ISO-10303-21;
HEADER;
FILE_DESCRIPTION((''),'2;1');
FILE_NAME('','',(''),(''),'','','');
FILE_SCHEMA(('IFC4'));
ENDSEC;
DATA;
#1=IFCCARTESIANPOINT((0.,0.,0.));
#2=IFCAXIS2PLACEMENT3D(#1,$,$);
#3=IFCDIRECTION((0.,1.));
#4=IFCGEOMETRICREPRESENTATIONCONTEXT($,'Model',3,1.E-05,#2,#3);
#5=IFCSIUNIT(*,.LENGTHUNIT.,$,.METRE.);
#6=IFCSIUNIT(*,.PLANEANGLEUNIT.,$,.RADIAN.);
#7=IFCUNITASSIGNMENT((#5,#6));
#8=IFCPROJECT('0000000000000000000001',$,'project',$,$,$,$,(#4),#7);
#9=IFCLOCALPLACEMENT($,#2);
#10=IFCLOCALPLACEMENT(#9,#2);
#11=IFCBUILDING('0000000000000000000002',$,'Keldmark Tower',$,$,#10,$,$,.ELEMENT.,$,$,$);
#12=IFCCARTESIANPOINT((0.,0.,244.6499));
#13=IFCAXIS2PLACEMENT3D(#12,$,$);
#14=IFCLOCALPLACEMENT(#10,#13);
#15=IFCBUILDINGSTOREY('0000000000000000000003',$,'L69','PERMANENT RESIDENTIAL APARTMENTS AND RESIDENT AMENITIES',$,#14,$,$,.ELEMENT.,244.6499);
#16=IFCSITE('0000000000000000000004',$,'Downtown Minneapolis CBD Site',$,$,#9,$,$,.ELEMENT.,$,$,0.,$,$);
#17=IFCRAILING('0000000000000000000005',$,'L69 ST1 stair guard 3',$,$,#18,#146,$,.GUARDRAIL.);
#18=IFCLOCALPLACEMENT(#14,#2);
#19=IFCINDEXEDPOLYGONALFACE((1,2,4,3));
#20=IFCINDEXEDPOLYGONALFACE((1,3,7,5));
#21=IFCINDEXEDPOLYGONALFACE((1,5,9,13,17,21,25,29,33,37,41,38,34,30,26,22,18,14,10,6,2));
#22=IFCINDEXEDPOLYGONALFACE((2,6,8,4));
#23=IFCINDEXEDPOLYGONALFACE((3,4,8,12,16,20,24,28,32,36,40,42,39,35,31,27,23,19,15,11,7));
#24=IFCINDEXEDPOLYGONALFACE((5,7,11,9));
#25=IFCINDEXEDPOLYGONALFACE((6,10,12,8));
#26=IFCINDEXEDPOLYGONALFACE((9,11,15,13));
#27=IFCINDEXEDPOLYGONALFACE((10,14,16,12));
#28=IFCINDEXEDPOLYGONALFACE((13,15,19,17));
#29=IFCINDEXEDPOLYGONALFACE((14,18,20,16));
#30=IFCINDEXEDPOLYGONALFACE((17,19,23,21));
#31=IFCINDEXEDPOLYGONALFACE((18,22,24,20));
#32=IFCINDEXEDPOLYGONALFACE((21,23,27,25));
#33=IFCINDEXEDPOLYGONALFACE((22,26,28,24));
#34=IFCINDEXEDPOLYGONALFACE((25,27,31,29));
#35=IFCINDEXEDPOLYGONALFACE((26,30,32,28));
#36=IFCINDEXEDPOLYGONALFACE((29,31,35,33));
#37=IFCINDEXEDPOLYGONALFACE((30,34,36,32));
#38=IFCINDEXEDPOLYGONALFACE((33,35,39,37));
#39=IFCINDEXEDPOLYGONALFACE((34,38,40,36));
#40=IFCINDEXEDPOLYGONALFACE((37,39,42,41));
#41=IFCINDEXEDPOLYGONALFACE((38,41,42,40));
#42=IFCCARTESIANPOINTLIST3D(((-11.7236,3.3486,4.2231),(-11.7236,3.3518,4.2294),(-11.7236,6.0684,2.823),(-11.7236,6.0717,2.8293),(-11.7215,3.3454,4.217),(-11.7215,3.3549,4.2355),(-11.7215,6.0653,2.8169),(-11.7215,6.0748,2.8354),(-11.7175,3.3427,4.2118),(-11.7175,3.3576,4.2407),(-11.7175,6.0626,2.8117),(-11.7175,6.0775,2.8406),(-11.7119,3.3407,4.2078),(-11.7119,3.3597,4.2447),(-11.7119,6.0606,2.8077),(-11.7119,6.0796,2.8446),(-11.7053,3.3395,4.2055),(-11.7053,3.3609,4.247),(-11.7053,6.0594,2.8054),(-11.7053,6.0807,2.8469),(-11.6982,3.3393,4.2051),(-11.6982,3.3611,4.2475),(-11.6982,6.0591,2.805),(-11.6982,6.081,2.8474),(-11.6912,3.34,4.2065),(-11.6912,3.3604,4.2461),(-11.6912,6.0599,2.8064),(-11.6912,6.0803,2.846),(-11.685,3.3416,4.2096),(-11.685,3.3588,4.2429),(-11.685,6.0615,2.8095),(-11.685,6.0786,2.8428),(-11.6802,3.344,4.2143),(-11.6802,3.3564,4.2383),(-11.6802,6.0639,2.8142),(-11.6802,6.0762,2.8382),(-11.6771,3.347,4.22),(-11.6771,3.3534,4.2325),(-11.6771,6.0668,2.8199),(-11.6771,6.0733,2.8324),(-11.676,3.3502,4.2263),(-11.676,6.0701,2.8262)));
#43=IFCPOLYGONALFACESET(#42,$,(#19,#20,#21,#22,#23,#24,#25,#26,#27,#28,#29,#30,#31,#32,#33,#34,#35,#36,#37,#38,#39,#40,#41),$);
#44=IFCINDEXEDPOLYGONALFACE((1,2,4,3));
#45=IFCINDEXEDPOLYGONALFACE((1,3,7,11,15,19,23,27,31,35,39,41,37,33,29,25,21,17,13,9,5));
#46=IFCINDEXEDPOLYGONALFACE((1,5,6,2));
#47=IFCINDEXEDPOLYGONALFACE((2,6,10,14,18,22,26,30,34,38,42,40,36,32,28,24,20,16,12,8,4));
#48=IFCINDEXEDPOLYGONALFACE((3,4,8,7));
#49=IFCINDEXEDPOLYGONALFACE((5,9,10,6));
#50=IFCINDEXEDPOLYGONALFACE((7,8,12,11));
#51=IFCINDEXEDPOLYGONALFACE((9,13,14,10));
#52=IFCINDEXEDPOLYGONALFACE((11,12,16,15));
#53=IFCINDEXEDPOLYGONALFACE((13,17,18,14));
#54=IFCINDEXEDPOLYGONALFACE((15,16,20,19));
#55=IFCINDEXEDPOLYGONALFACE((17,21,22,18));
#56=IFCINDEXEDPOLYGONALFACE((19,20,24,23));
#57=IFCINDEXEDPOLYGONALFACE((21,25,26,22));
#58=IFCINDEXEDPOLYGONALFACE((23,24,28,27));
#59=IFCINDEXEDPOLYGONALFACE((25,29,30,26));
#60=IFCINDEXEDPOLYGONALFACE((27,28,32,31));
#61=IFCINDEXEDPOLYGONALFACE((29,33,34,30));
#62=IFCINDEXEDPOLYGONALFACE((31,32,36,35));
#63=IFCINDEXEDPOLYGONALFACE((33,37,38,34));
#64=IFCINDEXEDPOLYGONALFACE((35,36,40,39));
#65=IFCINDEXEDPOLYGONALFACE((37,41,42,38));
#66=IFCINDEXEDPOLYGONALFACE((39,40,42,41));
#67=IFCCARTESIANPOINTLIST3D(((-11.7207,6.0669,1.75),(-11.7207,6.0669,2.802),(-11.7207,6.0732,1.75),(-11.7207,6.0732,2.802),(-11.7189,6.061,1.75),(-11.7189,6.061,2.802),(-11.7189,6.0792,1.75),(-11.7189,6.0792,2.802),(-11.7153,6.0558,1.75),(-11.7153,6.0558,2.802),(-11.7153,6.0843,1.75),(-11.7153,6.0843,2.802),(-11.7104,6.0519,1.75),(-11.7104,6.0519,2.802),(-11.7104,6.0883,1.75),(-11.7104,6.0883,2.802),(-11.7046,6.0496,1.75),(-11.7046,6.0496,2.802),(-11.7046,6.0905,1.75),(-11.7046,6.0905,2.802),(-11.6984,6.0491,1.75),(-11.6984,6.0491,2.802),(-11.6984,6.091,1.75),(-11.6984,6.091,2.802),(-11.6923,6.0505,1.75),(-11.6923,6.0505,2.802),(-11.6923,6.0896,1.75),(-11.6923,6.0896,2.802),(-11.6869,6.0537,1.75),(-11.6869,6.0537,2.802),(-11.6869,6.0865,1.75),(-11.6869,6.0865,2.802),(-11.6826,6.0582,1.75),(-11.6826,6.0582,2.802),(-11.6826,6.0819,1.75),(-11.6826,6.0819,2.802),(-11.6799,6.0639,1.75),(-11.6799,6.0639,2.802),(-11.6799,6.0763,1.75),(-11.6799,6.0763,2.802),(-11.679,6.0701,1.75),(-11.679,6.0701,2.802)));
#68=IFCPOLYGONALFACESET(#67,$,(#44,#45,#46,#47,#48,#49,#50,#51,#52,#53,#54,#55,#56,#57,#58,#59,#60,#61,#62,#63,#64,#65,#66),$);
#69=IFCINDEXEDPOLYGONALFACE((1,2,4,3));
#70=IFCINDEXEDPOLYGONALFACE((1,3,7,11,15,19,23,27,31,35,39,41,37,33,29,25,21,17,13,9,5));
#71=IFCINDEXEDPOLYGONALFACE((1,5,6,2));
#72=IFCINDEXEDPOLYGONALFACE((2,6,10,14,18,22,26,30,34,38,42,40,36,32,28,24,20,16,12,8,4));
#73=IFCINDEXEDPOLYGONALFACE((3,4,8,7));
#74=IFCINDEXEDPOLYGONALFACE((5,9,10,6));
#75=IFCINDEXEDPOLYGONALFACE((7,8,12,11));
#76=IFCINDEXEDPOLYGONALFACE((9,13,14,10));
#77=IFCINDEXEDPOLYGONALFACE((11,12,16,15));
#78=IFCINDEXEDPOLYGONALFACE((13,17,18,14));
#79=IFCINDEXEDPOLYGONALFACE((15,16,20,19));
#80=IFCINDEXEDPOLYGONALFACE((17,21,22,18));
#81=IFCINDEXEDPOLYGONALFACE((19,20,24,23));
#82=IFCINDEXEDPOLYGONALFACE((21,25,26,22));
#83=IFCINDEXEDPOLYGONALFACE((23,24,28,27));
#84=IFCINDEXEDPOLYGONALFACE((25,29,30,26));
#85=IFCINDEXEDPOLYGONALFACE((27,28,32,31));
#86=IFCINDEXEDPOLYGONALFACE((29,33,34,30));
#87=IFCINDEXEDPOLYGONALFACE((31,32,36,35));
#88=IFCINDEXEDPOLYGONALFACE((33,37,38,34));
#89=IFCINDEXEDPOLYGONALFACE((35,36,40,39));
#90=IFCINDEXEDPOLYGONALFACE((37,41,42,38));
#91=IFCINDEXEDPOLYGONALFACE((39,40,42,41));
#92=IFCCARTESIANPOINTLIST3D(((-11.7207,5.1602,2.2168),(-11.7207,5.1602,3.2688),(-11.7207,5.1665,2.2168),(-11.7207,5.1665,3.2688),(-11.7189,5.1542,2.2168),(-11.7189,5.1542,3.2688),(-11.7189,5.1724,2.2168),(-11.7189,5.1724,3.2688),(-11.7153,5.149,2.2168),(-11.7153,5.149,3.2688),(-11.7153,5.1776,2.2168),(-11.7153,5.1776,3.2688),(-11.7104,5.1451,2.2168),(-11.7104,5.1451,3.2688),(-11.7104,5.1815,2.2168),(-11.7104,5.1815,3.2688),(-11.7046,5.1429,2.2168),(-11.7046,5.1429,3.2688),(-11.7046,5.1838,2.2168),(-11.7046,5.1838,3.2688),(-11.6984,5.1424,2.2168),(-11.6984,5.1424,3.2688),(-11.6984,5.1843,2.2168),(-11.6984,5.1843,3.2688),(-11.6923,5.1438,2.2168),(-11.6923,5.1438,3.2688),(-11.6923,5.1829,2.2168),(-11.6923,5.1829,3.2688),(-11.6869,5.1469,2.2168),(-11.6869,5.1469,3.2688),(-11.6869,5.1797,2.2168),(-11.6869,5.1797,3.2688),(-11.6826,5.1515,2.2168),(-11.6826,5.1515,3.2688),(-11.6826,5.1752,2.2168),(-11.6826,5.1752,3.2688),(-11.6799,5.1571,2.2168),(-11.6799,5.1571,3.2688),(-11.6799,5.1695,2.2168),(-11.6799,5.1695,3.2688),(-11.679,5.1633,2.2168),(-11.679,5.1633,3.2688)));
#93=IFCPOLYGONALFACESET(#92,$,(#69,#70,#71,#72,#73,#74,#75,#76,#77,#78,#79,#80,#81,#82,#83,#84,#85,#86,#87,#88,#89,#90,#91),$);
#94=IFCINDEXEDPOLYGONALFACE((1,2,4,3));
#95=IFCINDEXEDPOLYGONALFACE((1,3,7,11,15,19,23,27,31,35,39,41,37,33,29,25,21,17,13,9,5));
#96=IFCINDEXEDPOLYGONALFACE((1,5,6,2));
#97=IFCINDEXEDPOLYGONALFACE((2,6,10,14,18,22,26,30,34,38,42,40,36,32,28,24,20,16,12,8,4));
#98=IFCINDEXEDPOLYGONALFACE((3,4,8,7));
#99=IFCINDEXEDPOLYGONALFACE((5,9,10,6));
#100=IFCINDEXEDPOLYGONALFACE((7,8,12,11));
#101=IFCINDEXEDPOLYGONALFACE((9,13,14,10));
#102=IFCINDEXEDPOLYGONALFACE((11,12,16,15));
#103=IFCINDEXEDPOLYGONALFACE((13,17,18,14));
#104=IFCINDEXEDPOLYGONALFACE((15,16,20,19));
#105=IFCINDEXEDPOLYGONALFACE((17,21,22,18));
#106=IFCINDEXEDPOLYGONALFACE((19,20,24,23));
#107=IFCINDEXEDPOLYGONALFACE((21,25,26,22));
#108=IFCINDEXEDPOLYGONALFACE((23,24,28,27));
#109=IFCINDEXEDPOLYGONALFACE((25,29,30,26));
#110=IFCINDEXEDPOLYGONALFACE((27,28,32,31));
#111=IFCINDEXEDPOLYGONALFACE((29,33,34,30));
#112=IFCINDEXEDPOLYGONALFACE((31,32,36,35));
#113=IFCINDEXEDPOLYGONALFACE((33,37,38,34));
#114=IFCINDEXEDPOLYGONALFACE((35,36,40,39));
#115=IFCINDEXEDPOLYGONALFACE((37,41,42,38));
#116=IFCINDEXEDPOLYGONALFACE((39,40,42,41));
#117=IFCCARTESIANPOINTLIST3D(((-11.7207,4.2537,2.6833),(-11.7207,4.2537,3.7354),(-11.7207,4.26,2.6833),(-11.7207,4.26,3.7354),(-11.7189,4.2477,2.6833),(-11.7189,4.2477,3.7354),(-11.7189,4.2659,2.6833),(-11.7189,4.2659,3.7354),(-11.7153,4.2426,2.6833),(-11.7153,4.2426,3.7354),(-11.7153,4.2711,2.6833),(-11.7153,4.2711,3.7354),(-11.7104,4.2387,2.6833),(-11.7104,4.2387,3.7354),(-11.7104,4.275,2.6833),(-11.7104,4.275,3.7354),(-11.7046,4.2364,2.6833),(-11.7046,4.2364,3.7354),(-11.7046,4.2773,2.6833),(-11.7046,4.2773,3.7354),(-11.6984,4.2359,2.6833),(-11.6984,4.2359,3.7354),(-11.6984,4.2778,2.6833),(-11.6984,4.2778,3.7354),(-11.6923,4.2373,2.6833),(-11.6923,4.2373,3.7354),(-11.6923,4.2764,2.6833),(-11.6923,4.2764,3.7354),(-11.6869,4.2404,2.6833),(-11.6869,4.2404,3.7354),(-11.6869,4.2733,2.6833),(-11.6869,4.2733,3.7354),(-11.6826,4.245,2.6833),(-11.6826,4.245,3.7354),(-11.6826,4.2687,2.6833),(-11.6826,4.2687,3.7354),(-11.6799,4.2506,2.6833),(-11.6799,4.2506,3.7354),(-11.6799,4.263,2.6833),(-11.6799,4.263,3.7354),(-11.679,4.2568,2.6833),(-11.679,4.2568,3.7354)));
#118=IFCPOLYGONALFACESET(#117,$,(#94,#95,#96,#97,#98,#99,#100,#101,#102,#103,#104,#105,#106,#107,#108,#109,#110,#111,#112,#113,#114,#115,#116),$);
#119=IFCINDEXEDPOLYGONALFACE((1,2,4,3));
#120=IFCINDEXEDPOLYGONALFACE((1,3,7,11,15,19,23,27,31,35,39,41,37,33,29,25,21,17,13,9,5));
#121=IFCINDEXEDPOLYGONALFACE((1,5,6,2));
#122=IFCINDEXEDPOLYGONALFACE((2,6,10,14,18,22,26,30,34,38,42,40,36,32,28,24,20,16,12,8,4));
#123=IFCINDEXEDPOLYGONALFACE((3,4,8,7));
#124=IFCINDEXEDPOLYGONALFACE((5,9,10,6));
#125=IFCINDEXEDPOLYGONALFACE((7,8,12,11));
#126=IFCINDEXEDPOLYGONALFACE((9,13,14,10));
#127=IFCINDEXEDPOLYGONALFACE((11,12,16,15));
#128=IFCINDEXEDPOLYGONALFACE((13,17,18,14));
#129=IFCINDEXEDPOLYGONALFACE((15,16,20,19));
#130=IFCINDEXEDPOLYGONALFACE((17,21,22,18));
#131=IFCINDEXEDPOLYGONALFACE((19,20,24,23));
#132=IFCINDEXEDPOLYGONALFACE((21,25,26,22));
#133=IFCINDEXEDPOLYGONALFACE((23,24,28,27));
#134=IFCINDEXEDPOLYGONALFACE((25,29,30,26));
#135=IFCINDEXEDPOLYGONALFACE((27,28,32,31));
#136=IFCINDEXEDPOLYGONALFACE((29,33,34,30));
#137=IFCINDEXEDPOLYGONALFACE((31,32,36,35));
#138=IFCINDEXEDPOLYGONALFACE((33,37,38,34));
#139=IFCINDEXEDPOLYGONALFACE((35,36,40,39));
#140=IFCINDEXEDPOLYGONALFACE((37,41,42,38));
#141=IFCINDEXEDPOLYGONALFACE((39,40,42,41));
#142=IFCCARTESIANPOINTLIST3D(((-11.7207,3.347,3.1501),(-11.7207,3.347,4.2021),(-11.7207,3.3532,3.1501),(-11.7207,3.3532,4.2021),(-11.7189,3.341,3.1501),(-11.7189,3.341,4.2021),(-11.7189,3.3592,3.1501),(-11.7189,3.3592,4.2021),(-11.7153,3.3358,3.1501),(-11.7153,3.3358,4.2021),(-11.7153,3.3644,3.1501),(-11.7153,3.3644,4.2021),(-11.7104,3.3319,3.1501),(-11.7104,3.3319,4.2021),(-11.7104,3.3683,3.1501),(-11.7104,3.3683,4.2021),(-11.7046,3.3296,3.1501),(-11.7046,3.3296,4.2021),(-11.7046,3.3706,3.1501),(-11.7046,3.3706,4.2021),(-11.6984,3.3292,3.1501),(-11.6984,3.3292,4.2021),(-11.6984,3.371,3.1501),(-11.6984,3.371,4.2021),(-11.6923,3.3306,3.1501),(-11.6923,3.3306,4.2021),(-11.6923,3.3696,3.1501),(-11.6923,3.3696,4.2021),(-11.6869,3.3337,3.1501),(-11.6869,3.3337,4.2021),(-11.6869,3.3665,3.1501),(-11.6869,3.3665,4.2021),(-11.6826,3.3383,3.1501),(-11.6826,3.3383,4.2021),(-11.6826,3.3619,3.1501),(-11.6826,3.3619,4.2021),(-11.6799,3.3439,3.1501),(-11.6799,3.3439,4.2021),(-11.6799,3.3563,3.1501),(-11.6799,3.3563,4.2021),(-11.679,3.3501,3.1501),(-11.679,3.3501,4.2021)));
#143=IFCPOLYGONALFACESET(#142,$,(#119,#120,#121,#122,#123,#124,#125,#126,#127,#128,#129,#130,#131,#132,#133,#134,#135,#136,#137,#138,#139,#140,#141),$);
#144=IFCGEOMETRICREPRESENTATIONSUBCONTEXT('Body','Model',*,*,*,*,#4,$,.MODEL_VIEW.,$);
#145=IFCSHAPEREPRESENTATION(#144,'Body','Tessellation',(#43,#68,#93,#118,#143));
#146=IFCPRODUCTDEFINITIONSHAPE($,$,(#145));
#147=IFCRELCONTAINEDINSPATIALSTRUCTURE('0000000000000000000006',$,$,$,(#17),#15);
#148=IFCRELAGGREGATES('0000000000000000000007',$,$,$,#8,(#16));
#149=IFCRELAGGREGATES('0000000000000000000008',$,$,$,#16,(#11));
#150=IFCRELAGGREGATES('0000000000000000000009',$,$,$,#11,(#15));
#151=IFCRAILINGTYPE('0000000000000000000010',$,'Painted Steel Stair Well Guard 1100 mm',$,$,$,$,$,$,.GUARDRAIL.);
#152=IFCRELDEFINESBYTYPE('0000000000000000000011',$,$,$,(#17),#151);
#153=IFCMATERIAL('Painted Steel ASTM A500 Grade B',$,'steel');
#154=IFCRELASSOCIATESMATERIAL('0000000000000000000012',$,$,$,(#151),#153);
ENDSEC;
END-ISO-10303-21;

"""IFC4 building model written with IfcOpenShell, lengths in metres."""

from ifc_helpers import new_model, si_unit, direction, frame, origin, origin_2d, place, context, subcontext, project, spatial, circle, extrude, material, type_object, element, save


model = new_model("IFC4")

# Units and contexts
model_context = context("Model", 3, precision=1e-05, world=origin(), true_north=direction((0.0, 1.0)))
body_context = subcontext(model_context, "Body", "Model", "MODEL_VIEW")
ifc_project = project(units=[si_unit("LENGTHUNIT", "METRE"), si_unit("PLANEANGLEUNIT", "RADIAN")], contexts=[model_context])

# Site, building, storey
site_placement = place(None, origin())
site = spatial("IfcSite", under=ifc_project, at=site_placement, Name="Downtown Minneapolis CBD Site", CompositionType="ELEMENT", RefElevation=0.0)
building_placement = place(site_placement, origin())
building = spatial("IfcBuilding", under=site, at=building_placement, Name="Keldmark Tower", CompositionType="ELEMENT")
storey_placement = place(building_placement, frame((0.0, 0.0, 244.6499)))
storey = spatial("IfcBuildingStorey", under=building, at=storey_placement, Name="L69", Description="PERMANENT RESIDENTIAL APARTMENTS AND RESIDENT AMENITIES", CompositionType="ELEMENT", Elevation=244.6499)

# Railing
ifc_material_1 = material(Name="Painted Steel ASTM A500 Grade B", Category="steel")
railing_type_1 = type_object("IfcRailingType", Name="Painted Steel Stair Well Guard 1100 mm", PredefinedType="GUARDRAIL", material=ifc_material_1)
railing_1_placement = place(storey_placement, frame((-11.7, 6.0701, 1.75)))
element("IfcRailing", 1, at=railing_1_placement, inside=storey, type_object=railing_type_1, Name="L69 ST1 stair guard 3", PredefinedType="GUARDRAIL", context=body_context, shape_type="SweptSolid", body=[
    extrude(circle(Radius=0.0239, at=origin_2d()), frame((0.0, 0.0, 1.0762), z_axis=(0.0, -0.889114, 0.457685), x_axis=(1.0, 0.0, 0.0)), (0.0, 0.0, 1.0), 3.0591),
    extrude(circle(Radius=0.021, at=origin_2d()), origin(), (0.0, 0.0, 1.0), 1.052),
    extrude(circle(Radius=0.021, at=origin_2d()), frame((0.0, -0.9067, 0.4668)), (0.0, 0.0, 1.0), 1.052),
    extrude(circle(Radius=0.021, at=origin_2d()), frame((0.0, -1.8132, 0.9333)), (0.0, 0.0, 1.0), 1.052),
    extrude(circle(Radius=0.021, at=origin_2d()), frame((0.0, -2.72, 1.4001)), (0.0, 0.0, 1.0), 1.052),
])

save(model, "model.ifc")
